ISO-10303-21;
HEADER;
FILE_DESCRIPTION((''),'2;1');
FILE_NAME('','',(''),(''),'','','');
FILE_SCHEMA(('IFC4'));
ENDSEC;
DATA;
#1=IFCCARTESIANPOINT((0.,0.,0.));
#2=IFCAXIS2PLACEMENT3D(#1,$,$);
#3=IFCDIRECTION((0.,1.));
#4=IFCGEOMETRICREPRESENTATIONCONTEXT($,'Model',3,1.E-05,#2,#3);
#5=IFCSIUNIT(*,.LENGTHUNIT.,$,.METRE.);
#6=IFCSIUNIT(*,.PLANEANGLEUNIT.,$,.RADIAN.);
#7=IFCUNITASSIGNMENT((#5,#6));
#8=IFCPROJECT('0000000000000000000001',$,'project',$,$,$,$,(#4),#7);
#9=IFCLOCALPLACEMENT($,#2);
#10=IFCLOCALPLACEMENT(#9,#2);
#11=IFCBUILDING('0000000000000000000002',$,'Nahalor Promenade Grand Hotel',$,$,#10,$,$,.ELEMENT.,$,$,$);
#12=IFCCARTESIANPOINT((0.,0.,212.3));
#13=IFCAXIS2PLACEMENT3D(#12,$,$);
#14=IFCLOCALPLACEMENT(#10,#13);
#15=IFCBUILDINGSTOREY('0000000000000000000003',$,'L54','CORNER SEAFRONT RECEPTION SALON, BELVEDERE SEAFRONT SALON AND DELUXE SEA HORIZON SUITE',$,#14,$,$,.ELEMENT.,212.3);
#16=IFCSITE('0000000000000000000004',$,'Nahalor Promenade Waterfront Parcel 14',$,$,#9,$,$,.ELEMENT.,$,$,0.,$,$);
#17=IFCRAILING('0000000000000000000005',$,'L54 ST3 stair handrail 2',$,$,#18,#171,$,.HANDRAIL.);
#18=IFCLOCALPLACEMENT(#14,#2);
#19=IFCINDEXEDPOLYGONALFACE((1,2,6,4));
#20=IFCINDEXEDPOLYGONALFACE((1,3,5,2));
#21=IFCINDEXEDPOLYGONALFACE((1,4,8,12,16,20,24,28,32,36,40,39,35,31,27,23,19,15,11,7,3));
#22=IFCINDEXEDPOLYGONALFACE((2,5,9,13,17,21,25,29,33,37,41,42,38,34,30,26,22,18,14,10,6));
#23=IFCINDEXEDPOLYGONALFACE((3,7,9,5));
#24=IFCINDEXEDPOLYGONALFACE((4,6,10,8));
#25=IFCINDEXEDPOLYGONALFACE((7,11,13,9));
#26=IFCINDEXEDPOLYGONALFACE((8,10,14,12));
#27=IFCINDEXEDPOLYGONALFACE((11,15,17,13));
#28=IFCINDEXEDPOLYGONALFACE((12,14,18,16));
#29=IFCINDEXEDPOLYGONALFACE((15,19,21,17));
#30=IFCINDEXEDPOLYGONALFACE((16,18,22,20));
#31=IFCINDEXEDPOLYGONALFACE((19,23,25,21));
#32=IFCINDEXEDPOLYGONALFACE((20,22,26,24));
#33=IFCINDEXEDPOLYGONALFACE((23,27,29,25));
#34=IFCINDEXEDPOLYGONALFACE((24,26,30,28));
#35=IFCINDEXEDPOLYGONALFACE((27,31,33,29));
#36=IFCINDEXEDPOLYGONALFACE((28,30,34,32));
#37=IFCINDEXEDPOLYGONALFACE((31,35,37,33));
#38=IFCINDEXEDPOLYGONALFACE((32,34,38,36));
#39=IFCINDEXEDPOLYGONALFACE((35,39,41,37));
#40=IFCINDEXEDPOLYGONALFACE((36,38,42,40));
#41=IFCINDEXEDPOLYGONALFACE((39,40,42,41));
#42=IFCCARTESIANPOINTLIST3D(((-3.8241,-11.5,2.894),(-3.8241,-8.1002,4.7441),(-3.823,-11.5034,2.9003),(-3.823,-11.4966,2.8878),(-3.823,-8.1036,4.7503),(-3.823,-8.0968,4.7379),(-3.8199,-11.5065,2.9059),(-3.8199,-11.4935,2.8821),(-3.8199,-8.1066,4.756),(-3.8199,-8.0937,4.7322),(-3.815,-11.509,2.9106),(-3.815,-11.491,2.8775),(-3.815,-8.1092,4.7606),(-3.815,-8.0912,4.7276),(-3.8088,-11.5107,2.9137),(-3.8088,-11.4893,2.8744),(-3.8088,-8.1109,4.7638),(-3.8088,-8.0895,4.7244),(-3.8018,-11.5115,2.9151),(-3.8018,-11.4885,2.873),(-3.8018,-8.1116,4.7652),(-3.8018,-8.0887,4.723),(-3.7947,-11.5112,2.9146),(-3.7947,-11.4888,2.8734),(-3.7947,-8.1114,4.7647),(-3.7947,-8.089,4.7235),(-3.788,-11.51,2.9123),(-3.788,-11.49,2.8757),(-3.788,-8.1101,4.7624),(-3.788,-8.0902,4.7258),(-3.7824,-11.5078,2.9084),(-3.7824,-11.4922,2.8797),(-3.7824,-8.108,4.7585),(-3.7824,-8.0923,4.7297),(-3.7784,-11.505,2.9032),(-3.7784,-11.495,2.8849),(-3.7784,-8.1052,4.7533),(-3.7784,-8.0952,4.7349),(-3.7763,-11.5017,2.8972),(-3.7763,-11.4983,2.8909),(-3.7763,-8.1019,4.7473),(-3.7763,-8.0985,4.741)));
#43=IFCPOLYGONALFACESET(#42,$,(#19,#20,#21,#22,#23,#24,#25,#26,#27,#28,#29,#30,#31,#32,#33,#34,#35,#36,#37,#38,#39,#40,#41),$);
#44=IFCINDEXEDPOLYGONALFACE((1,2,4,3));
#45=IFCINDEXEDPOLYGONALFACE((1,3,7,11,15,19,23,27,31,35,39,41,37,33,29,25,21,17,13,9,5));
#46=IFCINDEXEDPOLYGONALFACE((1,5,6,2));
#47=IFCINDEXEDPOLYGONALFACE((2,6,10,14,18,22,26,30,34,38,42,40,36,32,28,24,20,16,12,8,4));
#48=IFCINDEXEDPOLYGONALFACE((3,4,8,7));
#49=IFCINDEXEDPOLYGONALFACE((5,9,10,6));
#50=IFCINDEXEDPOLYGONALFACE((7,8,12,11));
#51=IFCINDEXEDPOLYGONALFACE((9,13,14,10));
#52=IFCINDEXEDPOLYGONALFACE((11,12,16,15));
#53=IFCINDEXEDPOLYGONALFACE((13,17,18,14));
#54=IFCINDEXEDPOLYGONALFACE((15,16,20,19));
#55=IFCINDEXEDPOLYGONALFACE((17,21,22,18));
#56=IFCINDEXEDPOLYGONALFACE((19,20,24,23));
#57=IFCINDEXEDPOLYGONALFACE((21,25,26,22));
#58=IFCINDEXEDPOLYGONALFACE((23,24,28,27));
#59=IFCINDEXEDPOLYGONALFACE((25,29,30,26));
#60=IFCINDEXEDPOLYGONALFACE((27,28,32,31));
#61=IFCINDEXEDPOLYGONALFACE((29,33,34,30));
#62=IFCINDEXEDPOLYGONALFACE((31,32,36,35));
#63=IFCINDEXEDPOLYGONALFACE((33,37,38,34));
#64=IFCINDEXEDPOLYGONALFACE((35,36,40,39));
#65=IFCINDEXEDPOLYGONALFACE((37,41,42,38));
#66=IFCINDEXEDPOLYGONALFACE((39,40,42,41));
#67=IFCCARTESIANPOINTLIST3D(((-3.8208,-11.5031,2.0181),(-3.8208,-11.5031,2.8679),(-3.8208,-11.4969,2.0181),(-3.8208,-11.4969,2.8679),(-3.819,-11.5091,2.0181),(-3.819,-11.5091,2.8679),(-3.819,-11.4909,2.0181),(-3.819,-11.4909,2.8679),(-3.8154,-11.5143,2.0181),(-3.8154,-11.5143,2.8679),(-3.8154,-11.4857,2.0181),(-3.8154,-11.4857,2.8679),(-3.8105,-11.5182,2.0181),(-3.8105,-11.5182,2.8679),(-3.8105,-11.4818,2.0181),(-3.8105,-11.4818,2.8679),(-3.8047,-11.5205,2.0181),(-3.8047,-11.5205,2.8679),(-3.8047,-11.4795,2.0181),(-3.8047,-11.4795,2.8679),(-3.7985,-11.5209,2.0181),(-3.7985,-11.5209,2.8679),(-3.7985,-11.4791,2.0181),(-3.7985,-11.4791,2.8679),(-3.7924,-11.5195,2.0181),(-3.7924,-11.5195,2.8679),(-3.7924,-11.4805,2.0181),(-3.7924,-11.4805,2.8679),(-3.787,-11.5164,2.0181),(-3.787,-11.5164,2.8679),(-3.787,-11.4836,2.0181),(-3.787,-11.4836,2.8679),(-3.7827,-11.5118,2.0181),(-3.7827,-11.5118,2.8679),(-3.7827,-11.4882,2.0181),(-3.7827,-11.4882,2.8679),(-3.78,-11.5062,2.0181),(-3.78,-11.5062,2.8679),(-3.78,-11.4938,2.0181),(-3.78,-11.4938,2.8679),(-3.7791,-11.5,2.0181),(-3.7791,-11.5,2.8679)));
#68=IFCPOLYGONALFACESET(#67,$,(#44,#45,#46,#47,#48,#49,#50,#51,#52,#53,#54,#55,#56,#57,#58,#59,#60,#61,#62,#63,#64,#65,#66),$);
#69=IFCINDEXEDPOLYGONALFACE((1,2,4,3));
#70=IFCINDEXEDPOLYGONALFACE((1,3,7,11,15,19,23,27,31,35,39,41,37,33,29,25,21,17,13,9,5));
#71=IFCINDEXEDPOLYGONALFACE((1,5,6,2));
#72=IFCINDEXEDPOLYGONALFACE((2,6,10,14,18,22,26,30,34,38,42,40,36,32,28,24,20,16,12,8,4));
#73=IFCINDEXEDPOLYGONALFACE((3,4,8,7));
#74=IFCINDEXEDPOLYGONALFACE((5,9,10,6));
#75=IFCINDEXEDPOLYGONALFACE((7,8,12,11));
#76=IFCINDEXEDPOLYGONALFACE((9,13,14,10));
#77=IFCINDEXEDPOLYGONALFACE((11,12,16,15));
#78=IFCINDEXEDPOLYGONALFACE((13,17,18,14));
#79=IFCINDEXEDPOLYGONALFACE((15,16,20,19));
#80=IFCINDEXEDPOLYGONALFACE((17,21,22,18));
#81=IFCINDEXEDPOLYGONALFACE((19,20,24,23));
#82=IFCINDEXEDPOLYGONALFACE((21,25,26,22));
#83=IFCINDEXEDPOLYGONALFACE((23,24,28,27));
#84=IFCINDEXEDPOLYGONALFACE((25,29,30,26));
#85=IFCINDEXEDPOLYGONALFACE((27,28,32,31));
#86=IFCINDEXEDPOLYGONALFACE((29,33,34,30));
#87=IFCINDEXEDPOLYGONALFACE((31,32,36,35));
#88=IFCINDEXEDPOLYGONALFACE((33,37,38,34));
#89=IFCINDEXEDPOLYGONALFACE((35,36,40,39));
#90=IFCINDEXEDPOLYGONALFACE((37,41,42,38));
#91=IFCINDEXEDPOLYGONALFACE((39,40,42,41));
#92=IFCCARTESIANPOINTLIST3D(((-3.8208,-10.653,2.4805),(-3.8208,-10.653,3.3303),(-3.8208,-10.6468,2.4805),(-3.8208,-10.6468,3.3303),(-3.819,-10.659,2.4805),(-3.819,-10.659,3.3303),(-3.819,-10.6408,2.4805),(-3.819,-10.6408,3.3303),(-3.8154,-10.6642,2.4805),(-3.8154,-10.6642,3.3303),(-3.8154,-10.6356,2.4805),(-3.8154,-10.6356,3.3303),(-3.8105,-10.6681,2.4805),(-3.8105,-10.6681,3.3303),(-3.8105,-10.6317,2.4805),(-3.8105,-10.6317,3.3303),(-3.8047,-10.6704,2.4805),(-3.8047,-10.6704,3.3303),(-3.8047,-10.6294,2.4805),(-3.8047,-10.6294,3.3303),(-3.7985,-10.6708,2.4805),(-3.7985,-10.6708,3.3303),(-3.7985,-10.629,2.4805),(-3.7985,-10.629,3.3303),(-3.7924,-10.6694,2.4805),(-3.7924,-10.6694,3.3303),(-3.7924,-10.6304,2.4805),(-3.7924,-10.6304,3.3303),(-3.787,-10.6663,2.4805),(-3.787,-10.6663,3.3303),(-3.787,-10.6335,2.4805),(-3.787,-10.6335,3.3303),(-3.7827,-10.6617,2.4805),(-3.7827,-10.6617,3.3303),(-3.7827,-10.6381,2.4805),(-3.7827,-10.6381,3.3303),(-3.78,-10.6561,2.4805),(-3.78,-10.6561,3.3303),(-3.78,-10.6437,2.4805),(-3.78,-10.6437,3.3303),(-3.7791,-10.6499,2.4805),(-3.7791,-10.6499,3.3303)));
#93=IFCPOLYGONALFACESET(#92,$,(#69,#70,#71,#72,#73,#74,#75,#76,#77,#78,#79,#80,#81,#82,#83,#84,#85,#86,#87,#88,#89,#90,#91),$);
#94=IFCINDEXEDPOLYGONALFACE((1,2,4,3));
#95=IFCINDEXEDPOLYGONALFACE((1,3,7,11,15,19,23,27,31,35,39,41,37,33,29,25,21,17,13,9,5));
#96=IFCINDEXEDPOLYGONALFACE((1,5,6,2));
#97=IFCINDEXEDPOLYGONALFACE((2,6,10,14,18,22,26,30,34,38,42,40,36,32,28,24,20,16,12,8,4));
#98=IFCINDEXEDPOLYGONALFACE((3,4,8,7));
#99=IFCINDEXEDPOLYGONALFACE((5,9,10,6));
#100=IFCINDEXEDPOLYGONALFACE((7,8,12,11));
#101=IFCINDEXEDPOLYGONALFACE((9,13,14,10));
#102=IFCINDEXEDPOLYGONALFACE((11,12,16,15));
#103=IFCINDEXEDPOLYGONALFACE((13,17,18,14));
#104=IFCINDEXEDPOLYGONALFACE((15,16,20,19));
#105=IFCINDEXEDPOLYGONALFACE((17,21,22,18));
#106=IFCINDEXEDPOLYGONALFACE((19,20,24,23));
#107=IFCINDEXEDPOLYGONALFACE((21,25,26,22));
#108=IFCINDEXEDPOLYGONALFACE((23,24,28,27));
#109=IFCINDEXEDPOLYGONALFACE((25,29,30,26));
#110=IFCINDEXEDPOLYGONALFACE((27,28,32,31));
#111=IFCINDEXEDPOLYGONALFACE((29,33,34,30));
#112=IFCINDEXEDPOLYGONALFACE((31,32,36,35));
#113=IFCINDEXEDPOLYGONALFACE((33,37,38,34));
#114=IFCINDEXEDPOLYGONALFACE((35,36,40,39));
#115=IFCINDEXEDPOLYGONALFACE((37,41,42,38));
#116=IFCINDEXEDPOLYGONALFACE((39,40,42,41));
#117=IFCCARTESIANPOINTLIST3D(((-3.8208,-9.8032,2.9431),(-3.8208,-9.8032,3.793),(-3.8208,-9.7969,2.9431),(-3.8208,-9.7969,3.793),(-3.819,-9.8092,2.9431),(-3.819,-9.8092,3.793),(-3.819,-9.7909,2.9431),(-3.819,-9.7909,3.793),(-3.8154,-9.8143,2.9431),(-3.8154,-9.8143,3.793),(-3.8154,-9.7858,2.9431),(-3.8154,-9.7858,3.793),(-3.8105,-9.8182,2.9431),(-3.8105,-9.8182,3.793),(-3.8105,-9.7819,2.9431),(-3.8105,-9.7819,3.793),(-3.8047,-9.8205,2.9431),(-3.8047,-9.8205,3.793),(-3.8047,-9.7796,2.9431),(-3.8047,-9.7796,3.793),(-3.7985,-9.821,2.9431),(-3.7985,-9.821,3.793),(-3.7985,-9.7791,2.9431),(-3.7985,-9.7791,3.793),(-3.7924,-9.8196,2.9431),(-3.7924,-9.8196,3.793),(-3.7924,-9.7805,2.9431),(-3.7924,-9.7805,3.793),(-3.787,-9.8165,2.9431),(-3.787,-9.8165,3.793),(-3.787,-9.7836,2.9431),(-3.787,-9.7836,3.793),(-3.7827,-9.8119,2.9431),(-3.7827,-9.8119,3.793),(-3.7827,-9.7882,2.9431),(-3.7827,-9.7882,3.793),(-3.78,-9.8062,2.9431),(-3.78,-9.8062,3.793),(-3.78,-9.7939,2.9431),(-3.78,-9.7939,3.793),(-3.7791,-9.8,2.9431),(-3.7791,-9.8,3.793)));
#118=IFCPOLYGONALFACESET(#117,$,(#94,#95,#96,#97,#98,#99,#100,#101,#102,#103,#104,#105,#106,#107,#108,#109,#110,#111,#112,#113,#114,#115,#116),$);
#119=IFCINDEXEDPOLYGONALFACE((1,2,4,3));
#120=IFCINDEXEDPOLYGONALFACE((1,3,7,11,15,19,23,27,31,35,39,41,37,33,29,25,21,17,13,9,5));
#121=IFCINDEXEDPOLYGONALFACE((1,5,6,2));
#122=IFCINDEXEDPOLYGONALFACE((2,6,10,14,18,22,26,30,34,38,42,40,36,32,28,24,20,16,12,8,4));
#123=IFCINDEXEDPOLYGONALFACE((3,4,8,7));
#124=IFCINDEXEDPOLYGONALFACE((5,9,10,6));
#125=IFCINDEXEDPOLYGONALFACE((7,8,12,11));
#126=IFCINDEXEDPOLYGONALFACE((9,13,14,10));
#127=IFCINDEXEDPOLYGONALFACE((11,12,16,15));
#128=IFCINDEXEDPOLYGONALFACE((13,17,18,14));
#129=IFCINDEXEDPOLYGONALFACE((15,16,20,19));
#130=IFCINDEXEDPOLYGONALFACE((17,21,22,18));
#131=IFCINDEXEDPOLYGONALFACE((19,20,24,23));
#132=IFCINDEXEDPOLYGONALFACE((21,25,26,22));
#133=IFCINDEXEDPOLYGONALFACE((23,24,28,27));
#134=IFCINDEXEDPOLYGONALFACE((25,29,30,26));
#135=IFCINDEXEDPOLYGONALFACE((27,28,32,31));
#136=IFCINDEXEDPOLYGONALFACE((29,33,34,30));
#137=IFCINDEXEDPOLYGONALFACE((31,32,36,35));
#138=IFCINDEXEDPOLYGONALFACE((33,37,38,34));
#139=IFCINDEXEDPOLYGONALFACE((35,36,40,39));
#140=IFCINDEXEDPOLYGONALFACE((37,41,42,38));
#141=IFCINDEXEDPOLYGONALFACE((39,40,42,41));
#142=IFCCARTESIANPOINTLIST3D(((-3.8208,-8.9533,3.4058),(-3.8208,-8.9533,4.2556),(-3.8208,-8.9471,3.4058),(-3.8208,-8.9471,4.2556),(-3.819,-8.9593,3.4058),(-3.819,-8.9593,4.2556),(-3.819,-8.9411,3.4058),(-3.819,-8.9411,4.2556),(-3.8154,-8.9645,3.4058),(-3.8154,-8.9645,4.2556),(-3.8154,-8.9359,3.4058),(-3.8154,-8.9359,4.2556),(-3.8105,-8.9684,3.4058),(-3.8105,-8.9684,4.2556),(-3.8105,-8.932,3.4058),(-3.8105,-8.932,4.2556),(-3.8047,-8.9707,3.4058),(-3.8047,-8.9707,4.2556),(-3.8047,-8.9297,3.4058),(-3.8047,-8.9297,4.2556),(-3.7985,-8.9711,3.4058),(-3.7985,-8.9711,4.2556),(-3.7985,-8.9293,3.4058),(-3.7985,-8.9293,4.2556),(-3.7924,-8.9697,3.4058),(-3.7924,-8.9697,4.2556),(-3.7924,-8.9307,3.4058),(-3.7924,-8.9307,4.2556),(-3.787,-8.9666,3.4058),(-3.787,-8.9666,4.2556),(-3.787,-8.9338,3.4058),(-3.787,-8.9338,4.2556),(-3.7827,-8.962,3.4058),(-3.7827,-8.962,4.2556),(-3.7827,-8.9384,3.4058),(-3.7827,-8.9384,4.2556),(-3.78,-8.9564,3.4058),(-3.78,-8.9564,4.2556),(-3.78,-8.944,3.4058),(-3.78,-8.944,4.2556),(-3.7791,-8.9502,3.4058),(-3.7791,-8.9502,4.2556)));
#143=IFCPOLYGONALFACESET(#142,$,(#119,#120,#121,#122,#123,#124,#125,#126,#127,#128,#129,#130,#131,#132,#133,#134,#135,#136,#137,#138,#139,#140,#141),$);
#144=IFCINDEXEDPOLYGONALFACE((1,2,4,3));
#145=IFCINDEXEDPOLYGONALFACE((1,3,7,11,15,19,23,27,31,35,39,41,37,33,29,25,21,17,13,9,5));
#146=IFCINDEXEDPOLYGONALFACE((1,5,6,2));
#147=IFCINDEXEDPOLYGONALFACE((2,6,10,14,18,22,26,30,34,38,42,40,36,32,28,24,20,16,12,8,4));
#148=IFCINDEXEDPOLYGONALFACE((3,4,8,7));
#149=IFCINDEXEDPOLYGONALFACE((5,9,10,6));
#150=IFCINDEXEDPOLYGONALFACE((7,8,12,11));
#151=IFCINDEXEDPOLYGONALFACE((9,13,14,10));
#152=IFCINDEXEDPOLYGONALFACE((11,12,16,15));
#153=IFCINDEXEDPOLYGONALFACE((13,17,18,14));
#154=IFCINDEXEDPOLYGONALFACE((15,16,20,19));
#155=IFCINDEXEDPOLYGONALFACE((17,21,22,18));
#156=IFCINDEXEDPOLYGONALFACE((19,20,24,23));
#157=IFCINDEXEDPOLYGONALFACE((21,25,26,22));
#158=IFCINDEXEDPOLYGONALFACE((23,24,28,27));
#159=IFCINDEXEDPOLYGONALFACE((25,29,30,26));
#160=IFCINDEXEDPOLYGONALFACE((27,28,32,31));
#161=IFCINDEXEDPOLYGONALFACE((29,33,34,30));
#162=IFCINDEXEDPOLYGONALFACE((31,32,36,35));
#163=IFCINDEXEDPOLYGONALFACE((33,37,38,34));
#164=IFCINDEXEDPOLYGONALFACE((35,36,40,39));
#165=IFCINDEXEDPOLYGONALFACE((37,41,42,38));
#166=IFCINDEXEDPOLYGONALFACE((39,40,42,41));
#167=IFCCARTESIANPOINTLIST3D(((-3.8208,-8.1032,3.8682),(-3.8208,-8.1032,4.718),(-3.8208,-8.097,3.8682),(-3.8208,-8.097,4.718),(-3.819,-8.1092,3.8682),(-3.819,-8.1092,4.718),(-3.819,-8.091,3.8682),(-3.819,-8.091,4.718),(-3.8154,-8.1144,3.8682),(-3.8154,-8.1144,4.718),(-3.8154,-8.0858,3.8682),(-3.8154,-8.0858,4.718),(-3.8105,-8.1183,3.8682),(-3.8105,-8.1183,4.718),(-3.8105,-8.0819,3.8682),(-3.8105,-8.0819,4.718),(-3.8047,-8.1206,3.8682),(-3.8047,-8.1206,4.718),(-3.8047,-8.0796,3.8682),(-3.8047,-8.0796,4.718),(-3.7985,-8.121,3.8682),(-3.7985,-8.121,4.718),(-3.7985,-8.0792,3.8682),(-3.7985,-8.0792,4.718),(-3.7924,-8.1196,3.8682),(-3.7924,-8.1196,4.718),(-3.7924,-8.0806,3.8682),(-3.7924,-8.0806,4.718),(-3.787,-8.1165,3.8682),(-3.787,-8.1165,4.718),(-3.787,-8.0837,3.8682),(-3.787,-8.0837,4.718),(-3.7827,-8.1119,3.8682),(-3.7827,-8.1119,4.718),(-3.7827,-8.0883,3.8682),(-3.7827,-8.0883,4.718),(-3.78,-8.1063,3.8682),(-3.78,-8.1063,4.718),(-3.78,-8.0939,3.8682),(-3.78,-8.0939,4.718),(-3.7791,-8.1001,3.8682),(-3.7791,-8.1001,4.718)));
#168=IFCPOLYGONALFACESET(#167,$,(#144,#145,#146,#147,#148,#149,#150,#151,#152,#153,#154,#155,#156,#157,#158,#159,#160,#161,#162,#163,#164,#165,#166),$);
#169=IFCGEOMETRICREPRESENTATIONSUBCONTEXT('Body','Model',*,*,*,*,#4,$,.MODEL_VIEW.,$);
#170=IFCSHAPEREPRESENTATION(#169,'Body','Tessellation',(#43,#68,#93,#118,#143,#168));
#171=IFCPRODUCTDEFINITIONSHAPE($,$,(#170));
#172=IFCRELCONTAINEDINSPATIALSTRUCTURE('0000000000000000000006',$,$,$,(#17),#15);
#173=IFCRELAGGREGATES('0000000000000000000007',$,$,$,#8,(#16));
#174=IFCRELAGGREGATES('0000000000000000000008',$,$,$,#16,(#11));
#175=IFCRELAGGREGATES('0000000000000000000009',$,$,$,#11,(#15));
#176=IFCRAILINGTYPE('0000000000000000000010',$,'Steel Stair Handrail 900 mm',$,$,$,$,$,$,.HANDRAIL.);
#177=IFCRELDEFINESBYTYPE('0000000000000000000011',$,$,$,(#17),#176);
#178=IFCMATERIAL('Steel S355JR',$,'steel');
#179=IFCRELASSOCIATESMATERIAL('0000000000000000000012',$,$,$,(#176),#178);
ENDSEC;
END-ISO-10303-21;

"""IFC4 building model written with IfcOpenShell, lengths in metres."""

from ifc_helpers import new_model, si_unit, direction, frame, origin, origin_2d, place, context, subcontext, project, spatial, circle, extrude, material, type_object, element, save


model = new_model("IFC4")

# Units and contexts
model_context = context("Model", 3, precision=1e-05, world=origin(), true_north=direction((0.0, 1.0)))
body_context = subcontext(model_context, "Body", "Model", "MODEL_VIEW")
ifc_project = project(units=[si_unit("LENGTHUNIT", "METRE"), si_unit("PLANEANGLEUNIT", "RADIAN")], contexts=[model_context])

# Site, building, storey
site_placement = place(None, origin())
site = spatial("IfcSite", under=ifc_project, at=site_placement, Name="Nahalor Promenade Waterfront Parcel 14", CompositionType="ELEMENT", RefElevation=0.0)
building_placement = place(site_placement, origin())
building = spatial("IfcBuilding", under=site, at=building_placement, Name="Nahalor Promenade Grand Hotel", CompositionType="ELEMENT")
storey_placement = place(building_placement, frame((0.0, 0.0, 212.3)))
storey = spatial("IfcBuildingStorey", under=building, at=storey_placement, Name="L54", Description="CORNER SEAFRONT RECEPTION SALON, BELVEDERE SEAFRONT SALON AND DELUXE SEA HORIZON SUITE", CompositionType="ELEMENT", Elevation=212.3)

# Shared definitions
ifc_material_1 = material(Name="Steel S355JR", Category="steel")

# Railing
railing_type_1 = type_object("IfcRailingType", Name="Steel Stair Handrail 900 mm", PredefinedType="HANDRAIL", material=ifc_material_1)
railing_1_placement = place(storey_placement, frame((-3.8, -11.5, 2.0181)))
element("IfcRailing", 1, at=railing_1_placement, inside=storey, type_object=railing_type_1, Name="L54 ST3 stair handrail 2", PredefinedType="HANDRAIL", context=body_context, shape_type="SweptSolid", body=[
    extrude(circle(Radius=0.024, at=origin_2d()), frame((0.0, 0.0, 0.876), z_axis=(0.0, 0.878372, 0.477977), x_axis=(-1.0, 0.0, 0.0)), (0.0, 0.0, 1.0), 3.8706),
    extrude(circle(Radius=0.021, at=origin_2d()), origin(), (0.0, 0.0, 1.0), 0.8499),
    extrude(circle(Radius=0.021, at=origin_2d()), frame((0.0, 0.8501, 0.4624)), (0.0, 0.0, 1.0), 0.8499),
    extrude(circle(Radius=0.021, at=origin_2d()), frame((0.0, 1.7, 0.925)), (0.0, 0.0, 1.0), 0.8499),
    extrude(circle(Radius=0.021, at=origin_2d()), frame((0.0, 2.5498, 1.3877)), (0.0, 0.0, 1.0), 0.8499),
    extrude(circle(Radius=0.021, at=origin_2d()), frame((0.0, 3.3999, 1.8501)), (0.0, 0.0, 1.0), 0.8499),
])

save(model, "model.ifc")
